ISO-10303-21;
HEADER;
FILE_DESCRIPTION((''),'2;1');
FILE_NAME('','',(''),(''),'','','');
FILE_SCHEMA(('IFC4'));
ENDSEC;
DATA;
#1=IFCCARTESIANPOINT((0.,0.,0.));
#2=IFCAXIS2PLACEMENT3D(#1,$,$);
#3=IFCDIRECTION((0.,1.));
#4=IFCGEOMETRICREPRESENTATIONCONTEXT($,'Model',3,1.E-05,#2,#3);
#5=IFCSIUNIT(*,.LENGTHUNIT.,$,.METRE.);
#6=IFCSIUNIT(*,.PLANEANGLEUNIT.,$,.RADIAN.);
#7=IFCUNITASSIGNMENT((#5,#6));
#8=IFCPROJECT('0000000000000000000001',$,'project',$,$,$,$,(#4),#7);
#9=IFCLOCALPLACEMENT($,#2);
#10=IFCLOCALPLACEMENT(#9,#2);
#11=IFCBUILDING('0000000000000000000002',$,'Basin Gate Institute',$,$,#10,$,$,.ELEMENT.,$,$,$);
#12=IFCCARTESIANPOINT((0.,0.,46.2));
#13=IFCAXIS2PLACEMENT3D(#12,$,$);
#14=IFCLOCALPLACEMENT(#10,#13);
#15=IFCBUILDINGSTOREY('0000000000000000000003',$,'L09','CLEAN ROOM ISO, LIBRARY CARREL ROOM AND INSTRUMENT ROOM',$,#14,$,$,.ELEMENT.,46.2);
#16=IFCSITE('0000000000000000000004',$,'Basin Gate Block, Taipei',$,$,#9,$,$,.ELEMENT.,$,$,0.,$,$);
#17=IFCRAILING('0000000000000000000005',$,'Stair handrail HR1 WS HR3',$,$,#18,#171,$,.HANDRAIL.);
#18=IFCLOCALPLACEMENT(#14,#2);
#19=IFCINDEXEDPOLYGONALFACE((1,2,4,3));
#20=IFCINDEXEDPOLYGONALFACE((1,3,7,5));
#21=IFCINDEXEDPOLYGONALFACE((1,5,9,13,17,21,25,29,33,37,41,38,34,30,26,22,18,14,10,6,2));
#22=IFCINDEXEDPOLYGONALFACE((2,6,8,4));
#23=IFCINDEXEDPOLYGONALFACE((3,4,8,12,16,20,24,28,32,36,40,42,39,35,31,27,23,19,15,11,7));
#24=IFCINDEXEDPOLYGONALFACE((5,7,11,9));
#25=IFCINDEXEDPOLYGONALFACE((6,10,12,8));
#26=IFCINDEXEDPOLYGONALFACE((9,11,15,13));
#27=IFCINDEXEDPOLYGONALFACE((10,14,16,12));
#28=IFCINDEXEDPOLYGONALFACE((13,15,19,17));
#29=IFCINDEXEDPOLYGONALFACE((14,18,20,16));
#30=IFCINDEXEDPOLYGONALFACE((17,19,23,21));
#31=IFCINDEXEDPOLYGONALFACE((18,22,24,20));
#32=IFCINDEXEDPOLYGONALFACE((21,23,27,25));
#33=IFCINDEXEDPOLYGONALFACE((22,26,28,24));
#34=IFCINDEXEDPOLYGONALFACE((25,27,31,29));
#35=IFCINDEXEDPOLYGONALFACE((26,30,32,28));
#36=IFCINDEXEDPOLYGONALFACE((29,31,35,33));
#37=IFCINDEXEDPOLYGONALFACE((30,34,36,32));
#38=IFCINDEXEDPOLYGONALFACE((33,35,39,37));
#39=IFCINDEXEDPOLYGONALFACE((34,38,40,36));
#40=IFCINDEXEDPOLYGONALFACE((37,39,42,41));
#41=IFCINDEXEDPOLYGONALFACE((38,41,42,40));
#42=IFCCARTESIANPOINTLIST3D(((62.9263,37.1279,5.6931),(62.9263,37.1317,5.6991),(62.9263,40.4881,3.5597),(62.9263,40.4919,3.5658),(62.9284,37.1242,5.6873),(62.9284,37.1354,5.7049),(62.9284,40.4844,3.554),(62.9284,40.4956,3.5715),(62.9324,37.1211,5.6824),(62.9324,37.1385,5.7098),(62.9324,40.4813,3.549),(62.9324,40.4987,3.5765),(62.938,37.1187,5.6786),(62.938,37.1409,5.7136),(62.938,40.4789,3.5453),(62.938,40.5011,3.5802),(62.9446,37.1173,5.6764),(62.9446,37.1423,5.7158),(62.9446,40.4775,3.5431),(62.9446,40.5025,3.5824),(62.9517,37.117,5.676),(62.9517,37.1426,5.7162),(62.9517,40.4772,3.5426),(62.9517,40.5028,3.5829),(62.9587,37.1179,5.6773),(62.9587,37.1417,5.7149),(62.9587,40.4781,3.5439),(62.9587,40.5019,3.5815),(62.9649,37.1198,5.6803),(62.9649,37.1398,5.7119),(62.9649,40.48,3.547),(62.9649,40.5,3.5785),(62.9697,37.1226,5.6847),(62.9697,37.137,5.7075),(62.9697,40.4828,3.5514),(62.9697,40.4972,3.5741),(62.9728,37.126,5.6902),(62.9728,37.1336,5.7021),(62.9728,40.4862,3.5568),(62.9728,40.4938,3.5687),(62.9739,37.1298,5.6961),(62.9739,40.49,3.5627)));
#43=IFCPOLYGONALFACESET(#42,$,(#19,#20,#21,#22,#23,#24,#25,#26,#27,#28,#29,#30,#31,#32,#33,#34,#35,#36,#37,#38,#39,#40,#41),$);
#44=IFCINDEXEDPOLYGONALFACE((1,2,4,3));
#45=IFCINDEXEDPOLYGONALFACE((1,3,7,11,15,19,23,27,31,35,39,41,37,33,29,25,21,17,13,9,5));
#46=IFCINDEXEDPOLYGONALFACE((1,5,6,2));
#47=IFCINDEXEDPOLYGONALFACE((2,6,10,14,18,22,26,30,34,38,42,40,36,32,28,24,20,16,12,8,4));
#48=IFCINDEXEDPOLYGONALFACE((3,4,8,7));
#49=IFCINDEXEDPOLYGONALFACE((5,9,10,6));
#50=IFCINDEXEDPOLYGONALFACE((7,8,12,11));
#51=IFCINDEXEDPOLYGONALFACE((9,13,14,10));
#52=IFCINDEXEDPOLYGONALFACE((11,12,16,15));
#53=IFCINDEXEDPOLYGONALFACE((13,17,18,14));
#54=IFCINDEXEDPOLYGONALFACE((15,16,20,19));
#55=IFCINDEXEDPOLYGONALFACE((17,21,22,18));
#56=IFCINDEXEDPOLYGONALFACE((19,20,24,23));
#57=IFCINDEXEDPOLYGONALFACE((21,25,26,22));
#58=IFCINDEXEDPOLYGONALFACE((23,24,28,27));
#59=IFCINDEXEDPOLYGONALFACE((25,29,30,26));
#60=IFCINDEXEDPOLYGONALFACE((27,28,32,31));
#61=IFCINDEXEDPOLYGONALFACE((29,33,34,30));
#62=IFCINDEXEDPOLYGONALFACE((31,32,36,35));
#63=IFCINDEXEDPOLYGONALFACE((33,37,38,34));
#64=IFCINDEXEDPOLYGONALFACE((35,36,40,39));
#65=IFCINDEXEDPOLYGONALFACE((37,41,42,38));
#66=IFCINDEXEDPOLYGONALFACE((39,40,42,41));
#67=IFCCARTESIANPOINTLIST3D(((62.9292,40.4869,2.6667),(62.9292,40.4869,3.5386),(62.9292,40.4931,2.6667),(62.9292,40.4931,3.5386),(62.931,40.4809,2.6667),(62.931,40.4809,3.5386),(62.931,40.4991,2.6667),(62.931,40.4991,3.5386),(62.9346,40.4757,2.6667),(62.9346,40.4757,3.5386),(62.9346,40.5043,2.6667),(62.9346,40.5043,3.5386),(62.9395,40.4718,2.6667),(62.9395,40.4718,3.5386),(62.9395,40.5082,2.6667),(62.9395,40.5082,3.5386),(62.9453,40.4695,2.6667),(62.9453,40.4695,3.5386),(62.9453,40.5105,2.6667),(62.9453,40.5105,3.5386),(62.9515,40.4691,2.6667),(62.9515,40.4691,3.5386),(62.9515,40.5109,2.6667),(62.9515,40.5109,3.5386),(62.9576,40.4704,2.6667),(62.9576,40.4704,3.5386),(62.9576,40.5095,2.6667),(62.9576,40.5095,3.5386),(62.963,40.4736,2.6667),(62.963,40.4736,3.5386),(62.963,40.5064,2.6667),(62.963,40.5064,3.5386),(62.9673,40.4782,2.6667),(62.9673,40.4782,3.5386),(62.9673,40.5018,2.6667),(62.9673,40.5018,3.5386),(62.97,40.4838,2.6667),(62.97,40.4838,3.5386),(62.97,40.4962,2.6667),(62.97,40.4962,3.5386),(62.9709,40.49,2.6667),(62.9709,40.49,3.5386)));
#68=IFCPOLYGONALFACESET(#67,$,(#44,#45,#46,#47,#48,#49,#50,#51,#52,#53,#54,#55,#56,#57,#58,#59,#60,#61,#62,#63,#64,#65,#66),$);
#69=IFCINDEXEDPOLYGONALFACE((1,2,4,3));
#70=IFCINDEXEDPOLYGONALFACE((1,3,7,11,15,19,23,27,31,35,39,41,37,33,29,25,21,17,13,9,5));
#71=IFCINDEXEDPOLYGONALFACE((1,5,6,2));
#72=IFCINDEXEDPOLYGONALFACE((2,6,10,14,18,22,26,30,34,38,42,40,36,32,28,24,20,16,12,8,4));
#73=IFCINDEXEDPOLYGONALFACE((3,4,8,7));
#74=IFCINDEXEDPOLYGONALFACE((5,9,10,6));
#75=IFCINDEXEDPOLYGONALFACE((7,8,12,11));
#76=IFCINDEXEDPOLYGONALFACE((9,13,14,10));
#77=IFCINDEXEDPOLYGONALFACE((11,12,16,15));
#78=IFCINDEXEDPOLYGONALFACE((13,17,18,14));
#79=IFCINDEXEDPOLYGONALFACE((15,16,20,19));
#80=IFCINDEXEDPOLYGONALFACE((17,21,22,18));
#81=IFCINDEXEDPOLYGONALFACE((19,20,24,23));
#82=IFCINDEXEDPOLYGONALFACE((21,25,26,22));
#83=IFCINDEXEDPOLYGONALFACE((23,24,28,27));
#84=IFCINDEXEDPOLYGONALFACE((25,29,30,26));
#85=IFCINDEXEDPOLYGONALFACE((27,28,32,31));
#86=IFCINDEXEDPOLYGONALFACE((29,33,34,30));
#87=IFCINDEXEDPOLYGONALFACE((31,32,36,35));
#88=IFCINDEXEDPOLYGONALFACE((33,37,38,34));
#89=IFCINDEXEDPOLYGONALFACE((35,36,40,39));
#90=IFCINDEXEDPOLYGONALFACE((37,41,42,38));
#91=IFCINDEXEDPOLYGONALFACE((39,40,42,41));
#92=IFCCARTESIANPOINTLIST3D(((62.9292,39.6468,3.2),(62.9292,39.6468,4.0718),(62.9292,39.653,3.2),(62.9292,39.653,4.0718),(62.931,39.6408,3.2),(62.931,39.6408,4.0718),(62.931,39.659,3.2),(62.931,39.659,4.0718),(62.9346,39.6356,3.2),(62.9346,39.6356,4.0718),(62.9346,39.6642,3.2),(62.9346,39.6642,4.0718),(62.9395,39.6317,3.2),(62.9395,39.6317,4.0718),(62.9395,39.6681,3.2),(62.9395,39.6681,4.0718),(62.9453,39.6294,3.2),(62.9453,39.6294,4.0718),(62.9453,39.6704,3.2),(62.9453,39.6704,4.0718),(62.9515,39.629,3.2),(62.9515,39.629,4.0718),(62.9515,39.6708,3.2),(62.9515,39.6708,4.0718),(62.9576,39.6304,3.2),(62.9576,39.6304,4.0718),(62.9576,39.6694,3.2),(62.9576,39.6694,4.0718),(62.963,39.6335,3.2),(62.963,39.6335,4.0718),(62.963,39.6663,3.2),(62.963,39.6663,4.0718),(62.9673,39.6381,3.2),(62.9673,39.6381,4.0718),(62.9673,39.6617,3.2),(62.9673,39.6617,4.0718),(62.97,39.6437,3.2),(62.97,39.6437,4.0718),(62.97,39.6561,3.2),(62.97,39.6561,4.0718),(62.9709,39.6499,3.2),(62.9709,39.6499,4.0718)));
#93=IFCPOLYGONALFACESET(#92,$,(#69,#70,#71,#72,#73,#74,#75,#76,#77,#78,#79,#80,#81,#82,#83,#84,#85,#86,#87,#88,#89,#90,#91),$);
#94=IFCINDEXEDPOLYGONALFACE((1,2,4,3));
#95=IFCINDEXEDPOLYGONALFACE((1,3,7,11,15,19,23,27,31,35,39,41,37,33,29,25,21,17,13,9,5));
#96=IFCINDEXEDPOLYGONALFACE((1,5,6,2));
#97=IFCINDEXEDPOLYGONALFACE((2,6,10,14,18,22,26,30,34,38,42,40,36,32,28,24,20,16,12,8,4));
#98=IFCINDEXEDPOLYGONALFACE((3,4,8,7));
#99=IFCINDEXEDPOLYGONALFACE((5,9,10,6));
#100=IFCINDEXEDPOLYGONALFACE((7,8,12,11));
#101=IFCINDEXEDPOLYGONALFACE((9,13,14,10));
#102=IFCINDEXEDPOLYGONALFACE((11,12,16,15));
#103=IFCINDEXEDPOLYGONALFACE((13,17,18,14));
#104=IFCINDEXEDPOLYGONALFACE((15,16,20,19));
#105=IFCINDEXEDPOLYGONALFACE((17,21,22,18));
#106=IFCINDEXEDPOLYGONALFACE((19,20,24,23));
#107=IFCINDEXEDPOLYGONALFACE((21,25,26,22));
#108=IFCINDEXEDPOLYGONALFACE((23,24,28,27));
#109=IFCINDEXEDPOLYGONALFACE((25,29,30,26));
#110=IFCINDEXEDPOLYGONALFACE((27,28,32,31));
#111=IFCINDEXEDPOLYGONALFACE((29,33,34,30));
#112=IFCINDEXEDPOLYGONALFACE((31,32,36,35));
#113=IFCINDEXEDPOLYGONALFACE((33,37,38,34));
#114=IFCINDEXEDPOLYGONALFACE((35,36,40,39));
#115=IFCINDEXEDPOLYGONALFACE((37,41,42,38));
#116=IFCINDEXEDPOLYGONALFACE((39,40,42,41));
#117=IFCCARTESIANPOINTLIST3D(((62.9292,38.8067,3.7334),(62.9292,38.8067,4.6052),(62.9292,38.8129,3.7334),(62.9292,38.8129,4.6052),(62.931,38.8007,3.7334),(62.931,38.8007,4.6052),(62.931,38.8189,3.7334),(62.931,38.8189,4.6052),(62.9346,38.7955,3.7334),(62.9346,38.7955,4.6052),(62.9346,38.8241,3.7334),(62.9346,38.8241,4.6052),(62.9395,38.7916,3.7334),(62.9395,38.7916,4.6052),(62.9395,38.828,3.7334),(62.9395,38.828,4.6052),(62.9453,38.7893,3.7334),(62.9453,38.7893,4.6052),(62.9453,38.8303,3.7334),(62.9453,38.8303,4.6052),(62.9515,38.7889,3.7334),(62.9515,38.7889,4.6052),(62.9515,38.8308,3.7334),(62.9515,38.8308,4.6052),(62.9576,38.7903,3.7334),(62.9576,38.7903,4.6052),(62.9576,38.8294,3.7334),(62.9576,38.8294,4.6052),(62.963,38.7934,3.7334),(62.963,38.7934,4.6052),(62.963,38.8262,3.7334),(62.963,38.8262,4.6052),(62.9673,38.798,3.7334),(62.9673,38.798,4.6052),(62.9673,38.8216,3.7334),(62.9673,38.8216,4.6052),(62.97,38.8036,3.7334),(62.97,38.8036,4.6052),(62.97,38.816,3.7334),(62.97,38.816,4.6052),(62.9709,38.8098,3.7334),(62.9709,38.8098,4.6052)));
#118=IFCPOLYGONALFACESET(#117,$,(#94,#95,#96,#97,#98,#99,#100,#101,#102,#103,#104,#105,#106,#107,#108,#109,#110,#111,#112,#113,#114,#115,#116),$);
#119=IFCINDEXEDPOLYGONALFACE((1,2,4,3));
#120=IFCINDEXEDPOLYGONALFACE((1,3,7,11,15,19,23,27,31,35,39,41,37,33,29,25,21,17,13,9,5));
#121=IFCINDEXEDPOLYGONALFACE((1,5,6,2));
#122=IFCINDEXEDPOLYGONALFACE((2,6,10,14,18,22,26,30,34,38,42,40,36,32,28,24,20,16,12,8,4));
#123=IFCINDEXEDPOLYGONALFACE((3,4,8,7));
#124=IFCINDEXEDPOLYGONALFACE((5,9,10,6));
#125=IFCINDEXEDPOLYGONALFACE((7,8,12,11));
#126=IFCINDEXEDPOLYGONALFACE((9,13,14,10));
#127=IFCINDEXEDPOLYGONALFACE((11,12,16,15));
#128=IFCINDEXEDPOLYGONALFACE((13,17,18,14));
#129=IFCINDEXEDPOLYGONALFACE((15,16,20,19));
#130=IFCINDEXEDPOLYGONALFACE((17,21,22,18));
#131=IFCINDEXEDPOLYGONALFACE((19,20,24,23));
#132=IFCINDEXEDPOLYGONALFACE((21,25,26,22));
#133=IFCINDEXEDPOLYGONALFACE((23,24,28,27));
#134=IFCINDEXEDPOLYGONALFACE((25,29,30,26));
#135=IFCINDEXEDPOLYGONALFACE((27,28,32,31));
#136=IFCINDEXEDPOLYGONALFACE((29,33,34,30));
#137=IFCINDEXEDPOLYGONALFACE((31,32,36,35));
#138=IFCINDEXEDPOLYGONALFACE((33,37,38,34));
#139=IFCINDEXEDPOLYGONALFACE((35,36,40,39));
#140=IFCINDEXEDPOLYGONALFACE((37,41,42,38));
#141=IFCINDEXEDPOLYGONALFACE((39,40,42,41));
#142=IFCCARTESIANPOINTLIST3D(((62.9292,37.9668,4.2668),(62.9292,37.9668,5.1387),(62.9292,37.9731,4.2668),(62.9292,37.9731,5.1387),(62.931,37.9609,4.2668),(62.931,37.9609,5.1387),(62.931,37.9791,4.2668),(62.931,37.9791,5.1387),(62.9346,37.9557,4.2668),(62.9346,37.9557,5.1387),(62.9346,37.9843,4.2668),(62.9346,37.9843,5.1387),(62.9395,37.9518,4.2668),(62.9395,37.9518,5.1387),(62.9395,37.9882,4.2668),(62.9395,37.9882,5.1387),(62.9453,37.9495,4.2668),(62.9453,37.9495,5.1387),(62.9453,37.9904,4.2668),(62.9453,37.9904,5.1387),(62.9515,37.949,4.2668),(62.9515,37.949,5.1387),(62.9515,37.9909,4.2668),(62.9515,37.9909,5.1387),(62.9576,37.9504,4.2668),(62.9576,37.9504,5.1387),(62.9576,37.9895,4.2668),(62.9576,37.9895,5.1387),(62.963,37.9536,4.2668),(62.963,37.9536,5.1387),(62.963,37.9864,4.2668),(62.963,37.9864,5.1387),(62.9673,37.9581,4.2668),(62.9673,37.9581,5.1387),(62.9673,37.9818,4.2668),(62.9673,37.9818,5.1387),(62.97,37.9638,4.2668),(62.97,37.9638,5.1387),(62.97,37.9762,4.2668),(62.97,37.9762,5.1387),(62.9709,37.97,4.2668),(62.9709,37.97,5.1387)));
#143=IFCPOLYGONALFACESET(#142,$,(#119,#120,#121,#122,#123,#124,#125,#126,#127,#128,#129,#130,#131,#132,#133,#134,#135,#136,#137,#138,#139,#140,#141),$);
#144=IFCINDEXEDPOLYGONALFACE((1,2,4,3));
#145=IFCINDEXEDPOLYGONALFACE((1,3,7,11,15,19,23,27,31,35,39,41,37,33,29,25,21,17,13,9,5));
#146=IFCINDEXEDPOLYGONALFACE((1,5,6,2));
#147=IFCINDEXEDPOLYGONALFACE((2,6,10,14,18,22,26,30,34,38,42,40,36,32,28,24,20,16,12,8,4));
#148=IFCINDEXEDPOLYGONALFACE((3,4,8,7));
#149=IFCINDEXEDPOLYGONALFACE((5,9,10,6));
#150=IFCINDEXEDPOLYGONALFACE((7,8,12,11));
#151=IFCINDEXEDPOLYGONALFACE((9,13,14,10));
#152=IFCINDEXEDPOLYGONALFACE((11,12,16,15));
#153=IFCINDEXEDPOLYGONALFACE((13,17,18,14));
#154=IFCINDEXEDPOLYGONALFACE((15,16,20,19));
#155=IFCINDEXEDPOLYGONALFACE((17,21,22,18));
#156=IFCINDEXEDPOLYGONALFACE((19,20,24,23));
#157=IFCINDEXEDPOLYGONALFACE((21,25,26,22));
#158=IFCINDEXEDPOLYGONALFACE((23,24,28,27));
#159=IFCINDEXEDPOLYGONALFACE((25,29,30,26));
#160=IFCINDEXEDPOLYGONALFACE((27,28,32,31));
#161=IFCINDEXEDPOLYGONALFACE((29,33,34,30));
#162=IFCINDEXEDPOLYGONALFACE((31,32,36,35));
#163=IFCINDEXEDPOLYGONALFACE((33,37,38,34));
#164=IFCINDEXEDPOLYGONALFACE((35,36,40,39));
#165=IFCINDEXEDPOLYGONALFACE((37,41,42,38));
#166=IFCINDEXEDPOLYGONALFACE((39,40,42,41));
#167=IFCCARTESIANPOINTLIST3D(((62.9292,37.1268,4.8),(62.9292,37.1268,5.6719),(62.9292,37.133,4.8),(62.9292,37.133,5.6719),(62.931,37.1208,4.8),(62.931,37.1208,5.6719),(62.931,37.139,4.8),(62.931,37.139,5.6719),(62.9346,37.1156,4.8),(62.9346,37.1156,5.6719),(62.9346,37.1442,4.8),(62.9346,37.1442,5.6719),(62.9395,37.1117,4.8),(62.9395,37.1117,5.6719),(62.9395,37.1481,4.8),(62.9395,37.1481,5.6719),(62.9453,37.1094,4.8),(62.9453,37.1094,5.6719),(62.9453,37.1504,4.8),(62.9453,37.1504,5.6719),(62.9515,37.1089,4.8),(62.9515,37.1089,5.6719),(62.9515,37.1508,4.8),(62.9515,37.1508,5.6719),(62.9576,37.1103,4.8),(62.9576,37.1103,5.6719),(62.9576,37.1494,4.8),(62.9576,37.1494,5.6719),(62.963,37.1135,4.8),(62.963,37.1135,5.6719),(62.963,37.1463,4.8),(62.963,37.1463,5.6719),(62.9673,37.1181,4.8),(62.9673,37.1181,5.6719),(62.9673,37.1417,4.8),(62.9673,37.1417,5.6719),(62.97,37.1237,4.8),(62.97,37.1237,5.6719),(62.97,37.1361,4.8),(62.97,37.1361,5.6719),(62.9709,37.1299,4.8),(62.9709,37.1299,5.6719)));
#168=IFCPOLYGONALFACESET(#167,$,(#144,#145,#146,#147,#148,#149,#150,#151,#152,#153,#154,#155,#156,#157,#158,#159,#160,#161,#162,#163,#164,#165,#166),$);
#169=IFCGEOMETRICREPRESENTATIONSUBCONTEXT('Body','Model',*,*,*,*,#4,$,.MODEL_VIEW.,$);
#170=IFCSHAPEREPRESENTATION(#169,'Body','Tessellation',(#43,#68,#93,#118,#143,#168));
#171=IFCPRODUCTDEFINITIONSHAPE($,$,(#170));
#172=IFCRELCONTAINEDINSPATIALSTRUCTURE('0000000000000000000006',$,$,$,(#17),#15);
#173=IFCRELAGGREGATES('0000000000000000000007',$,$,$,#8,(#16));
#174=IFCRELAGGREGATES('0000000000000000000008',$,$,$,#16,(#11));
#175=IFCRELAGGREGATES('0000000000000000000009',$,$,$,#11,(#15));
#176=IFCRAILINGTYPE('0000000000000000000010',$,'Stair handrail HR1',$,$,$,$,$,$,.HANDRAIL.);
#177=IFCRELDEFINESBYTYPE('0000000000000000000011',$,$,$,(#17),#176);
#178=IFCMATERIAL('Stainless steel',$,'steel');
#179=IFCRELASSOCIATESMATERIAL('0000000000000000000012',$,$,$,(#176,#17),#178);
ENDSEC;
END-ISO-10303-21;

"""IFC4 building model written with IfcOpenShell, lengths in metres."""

from ifc_helpers import new_model, si_unit, direction, frame, origin, origin_2d, place, context, subcontext, project, spatial, circle, extrude, material, type_object, element, save


model = new_model("IFC4")

# Units and contexts
model_context = context("Model", 3, precision=1e-05, world=origin(), true_north=direction((0.0, 1.0)))
body_context = subcontext(model_context, "Body", "Model", "MODEL_VIEW")
ifc_project = project(units=[si_unit("LENGTHUNIT", "METRE"), si_unit("PLANEANGLEUNIT", "RADIAN")], contexts=[model_context])

# Site, building, storey
site_placement = place(None, origin())
site = spatial("IfcSite", under=ifc_project, at=site_placement, Name="Basin Gate Block, Taipei", CompositionType="ELEMENT", RefElevation=0.0)
building_placement = place(site_placement, origin())
building = spatial("IfcBuilding", under=site, at=building_placement, Name="Basin Gate Institute", CompositionType="ELEMENT")
storey_placement = place(building_placement, frame((0.0, 0.0, 46.2)))
storey = spatial("IfcBuildingStorey", under=building, at=storey_placement, Name="L09", Description="CLEAN ROOM ISO, LIBRARY CARREL ROOM AND INSTRUMENT ROOM", CompositionType="ELEMENT", Elevation=46.2)

# Railing
ifc_material_1 = material(Name="Stainless steel", Category="steel")
railing_type_1 = type_object("IfcRailingType", Name="Stair handrail HR1", PredefinedType="HANDRAIL", material=ifc_material_1)
railing_1_placement = place(storey_placement, frame((62.95, 40.49, 2.6667)))
element("IfcRailing", 1, at=railing_1_placement, inside=storey, type_object=railing_type_1, material=ifc_material_1, Name="Stair handrail HR1 WS HR3", PredefinedType="HANDRAIL", context=body_context, shape_type="SweptSolid", body=[
    extrude(circle(Radius=0.0239, at=origin_2d()), frame((0.0, 0.0, 0.896), z_axis=(0.0, -0.844224, 0.53599), x_axis=(1.0, 0.0, 0.0)), (0.0, 0.0, 1.0), 3.9802),
    extrude(circle(Radius=0.021, at=origin_2d()), origin(), (0.0, 0.0, 1.0), 0.8718),
    extrude(circle(Radius=0.021, at=origin_2d()), frame((0.0, -0.8401, 0.5332)), (0.0, 0.0, 1.0), 0.8718),
    extrude(circle(Radius=0.021, at=origin_2d()), frame((0.0, -1.6802, 1.0667)), (0.0, 0.0, 1.0), 0.8718),
    extrude(circle(Radius=0.021, at=origin_2d()), frame((0.0, -2.52, 1.6001)), (0.0, 0.0, 1.0), 0.8718),
    extrude(circle(Radius=0.021, at=origin_2d()), frame((0.0, -3.3601, 2.1333)), (0.0, 0.0, 1.0), 0.8718),
])

save(model, "model.ifc")
